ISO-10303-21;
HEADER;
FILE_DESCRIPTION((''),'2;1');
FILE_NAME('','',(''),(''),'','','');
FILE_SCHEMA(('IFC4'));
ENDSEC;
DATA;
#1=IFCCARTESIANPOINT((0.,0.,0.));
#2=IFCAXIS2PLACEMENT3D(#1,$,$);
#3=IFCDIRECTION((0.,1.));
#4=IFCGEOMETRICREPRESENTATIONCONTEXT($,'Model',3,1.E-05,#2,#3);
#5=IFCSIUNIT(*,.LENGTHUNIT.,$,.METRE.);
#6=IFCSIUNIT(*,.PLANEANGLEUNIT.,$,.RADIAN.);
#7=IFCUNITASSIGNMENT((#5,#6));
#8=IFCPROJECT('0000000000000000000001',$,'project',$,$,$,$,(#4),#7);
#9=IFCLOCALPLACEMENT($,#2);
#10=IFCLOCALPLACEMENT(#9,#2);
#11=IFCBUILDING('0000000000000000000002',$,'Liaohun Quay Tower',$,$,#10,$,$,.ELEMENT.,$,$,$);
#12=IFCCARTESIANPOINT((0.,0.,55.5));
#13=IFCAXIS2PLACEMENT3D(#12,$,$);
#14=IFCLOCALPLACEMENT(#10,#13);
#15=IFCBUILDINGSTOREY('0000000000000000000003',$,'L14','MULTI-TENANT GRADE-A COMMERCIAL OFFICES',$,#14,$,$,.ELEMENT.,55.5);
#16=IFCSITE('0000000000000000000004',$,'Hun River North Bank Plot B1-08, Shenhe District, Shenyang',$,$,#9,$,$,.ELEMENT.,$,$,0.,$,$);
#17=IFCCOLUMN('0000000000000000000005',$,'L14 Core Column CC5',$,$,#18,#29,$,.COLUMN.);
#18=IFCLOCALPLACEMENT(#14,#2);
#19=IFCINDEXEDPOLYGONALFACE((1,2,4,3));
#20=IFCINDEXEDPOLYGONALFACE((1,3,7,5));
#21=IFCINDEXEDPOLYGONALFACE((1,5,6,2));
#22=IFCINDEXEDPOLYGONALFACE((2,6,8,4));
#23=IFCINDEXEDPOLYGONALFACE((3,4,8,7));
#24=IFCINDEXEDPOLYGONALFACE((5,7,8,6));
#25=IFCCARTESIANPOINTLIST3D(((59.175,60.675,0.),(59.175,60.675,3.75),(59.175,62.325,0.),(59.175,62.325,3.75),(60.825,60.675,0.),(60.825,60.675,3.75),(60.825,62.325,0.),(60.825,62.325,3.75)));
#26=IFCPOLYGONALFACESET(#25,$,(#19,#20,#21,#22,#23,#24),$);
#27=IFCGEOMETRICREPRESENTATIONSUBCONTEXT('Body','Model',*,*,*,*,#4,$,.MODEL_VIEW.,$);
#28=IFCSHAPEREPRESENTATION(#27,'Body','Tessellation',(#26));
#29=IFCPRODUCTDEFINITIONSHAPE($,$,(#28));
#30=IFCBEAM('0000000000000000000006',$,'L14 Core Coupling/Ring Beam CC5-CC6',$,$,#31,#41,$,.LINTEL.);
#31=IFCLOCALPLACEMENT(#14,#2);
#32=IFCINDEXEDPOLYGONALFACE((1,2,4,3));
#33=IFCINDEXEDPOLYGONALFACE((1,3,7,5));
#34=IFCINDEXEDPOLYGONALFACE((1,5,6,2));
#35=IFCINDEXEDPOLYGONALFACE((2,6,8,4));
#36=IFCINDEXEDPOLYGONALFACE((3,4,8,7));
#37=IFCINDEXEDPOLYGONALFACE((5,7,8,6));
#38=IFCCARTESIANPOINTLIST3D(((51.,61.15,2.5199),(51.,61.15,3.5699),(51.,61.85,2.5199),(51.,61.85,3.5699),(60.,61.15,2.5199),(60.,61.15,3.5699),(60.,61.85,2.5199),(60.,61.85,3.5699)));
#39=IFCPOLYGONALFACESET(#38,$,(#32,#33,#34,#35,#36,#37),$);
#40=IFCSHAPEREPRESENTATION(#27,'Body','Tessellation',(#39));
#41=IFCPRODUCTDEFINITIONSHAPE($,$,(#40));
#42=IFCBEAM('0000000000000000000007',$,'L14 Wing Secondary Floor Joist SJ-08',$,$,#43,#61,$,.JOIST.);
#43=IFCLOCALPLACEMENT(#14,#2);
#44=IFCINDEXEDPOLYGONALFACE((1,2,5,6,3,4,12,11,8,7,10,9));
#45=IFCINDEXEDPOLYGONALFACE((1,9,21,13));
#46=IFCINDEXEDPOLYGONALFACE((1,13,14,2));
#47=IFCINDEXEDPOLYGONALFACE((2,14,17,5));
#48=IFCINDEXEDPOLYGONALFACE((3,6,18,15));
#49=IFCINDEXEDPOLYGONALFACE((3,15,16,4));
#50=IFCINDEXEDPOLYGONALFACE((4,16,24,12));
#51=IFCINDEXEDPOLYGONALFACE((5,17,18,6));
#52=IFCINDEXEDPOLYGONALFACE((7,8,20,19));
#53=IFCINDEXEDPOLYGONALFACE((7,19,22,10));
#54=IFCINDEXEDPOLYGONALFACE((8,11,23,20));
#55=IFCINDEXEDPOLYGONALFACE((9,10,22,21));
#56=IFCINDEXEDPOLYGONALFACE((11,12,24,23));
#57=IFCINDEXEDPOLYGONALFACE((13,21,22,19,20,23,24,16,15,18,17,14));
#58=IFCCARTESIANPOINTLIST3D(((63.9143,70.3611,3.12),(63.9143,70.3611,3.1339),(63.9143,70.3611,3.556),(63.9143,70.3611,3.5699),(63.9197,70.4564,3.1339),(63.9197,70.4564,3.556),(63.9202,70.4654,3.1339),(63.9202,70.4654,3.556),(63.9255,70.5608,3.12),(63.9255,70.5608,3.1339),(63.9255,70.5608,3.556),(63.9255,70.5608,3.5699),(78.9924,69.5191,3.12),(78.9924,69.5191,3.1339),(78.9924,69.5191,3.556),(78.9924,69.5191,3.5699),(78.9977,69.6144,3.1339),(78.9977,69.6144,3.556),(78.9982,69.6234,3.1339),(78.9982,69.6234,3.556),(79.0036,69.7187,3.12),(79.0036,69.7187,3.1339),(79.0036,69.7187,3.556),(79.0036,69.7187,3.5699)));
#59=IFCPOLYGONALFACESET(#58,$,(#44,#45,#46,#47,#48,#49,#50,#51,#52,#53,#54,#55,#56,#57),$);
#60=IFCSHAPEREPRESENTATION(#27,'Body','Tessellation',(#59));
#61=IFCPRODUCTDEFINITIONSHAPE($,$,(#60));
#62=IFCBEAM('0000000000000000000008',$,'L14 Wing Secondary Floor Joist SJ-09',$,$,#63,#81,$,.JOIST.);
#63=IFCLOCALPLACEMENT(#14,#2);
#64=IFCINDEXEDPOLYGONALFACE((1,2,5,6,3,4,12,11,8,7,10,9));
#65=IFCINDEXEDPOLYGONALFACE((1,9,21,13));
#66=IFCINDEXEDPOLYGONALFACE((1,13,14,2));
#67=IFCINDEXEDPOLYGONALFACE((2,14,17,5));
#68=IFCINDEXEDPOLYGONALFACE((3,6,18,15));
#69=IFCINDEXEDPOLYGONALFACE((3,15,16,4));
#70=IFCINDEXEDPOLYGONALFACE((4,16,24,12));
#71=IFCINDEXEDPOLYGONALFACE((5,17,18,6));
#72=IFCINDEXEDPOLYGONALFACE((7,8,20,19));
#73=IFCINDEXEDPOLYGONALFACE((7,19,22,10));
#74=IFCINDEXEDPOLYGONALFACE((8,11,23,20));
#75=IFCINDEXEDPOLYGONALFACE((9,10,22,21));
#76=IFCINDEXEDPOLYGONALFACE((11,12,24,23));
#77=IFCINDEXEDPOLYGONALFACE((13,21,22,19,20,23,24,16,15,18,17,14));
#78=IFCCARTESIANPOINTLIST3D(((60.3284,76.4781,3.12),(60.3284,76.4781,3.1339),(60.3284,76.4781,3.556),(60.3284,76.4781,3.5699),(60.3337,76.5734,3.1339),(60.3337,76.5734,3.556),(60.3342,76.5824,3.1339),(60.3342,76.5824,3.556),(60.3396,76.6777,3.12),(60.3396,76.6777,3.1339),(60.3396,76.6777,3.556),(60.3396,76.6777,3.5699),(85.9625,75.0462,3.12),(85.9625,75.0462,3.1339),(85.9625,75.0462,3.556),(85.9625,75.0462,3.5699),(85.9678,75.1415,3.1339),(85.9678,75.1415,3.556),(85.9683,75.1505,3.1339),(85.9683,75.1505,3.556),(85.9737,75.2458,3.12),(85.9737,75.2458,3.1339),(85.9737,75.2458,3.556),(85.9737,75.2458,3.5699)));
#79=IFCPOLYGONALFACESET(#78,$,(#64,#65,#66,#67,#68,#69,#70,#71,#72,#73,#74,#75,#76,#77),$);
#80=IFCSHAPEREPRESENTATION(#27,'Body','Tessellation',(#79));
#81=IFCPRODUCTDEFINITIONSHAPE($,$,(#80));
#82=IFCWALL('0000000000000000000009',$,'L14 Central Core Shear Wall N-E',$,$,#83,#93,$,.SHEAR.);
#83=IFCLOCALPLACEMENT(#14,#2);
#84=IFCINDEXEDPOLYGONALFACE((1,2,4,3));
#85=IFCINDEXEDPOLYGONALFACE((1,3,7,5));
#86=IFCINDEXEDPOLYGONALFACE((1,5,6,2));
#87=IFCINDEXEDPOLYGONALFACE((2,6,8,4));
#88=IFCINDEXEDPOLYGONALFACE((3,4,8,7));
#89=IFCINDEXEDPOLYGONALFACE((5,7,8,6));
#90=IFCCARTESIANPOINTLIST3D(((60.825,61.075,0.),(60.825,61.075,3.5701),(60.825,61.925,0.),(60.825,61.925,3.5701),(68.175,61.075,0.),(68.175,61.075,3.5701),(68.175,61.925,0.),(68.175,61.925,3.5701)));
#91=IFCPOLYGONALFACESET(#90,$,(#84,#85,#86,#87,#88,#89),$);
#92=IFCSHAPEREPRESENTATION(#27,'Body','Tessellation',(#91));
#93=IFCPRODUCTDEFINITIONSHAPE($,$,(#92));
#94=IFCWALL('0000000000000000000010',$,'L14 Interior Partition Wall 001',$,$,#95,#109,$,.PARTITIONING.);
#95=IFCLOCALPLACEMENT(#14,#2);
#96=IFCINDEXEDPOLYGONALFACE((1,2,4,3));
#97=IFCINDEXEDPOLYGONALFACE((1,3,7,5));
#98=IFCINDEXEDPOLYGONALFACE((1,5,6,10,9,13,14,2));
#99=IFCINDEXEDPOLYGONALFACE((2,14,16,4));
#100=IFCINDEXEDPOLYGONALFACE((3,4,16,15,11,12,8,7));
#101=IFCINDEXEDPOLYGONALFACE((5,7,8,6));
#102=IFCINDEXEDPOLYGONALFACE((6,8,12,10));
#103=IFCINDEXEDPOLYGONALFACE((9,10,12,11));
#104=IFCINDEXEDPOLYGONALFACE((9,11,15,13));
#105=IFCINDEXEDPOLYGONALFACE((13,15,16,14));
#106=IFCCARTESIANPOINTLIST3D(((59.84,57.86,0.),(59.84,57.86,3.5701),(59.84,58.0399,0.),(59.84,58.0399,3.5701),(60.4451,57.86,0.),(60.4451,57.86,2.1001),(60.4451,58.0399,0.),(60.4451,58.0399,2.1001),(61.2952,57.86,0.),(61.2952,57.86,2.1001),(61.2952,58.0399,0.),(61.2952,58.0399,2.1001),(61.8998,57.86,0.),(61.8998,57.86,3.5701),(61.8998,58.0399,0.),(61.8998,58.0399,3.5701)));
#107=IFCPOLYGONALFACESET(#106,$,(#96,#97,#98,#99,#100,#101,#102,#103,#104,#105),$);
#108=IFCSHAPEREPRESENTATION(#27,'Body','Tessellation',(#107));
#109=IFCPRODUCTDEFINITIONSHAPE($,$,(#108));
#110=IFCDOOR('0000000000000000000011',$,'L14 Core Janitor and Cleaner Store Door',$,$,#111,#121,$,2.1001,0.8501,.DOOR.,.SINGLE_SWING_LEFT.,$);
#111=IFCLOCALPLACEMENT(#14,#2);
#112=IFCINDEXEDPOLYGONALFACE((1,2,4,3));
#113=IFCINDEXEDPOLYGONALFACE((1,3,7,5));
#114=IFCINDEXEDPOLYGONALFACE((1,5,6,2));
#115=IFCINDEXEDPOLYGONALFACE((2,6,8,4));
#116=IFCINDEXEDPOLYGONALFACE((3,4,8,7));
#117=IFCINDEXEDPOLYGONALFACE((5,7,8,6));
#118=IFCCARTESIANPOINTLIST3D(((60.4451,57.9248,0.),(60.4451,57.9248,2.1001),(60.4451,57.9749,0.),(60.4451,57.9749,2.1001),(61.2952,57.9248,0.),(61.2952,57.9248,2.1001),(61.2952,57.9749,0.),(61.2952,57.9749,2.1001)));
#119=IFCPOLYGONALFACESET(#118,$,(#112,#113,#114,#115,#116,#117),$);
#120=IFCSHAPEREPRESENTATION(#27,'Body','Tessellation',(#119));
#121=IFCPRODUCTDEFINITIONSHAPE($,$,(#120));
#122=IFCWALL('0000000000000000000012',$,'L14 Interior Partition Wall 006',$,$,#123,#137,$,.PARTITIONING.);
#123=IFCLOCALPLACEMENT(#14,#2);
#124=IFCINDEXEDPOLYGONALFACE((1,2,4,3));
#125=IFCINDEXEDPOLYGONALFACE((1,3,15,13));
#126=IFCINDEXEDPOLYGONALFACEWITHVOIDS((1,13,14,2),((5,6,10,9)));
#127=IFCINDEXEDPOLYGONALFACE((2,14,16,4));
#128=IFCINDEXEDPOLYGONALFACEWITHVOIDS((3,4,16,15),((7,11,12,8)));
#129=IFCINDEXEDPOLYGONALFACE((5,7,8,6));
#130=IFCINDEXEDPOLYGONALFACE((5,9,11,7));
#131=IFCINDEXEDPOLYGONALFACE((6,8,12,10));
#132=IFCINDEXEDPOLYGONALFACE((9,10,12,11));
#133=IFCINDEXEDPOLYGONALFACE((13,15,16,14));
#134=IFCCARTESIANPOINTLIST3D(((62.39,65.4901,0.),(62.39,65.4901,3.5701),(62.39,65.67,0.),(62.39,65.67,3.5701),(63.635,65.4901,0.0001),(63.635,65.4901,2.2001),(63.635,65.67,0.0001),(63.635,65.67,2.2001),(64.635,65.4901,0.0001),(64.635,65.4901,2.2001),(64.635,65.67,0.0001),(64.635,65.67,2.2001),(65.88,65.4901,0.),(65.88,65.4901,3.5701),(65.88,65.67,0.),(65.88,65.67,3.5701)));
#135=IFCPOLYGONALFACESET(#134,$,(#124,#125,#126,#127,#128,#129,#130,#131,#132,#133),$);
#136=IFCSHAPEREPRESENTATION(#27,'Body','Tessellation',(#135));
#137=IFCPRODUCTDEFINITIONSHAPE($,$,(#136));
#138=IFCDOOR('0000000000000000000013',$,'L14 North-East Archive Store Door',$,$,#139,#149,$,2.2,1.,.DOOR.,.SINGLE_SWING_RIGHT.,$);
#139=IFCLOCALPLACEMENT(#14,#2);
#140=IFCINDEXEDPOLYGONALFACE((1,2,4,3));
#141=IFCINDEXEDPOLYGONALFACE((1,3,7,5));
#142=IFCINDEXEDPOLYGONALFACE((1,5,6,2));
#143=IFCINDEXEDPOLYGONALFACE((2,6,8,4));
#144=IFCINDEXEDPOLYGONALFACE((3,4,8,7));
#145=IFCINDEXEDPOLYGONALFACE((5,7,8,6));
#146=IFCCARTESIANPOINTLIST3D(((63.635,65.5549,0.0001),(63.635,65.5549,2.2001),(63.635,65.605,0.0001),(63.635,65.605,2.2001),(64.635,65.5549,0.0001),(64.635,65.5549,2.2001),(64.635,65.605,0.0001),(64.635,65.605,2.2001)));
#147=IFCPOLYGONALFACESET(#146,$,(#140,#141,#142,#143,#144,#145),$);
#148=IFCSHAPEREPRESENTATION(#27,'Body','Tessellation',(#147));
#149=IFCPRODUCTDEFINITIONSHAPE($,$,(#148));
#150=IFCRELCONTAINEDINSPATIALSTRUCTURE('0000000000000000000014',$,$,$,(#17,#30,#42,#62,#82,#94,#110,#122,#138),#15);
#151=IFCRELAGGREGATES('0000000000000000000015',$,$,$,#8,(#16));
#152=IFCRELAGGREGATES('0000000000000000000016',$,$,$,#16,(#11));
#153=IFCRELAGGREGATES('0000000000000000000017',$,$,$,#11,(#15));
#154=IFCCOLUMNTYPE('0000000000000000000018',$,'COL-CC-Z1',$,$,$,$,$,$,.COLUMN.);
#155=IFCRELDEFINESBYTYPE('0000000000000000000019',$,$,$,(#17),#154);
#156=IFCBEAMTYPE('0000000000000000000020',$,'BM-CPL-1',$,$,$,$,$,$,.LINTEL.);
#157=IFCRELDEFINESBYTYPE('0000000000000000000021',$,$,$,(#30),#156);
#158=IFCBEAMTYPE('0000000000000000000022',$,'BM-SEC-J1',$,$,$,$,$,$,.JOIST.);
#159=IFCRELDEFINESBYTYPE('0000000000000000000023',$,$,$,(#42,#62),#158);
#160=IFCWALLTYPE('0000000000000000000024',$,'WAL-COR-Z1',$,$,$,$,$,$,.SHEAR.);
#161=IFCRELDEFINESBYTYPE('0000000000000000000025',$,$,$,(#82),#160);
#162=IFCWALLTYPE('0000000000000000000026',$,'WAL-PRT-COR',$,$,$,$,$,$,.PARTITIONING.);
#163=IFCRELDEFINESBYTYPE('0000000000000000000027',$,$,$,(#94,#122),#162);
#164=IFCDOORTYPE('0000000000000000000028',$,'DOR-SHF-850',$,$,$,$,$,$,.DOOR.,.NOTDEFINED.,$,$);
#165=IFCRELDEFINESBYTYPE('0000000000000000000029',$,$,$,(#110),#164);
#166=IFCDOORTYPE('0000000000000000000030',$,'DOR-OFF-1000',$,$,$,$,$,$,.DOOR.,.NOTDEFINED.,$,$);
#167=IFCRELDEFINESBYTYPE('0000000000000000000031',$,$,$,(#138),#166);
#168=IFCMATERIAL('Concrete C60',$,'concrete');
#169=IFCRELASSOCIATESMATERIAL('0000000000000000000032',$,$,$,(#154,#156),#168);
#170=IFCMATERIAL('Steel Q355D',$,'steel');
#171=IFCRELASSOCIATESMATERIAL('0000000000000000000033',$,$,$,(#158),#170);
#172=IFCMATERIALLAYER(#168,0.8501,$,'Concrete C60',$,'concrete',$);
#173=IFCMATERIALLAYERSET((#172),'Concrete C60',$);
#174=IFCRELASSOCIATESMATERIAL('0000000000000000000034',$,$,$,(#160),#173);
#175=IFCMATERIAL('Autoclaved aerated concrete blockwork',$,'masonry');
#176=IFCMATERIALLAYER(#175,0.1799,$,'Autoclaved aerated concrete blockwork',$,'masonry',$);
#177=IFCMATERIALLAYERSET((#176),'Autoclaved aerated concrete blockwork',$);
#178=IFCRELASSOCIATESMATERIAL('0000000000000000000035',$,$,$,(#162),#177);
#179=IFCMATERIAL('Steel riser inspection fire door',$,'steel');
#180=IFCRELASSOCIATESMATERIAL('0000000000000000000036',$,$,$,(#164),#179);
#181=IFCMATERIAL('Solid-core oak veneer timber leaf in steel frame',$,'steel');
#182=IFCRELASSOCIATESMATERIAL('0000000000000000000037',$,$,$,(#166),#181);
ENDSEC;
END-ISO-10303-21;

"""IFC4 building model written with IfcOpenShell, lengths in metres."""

from ifc_helpers import new_model, si_unit, direction, frame, frame_2d, origin, origin_2d, place, context, subcontext, project, spatial, rectangle, i_section, extrude, source, transform, mapped, material, layer, layer_set, material_profile, profile_set, type_object, element, fill, save


model = new_model("IFC4")

# Units and contexts
model_context = context("Model", 3, precision=1e-05, world=origin(), true_north=direction((0.0, 1.0)))
body_context = subcontext(model_context, "Body", "Model", "MODEL_VIEW")
ifc_project = project(units=[si_unit("LENGTHUNIT", "METRE"), si_unit("PLANEANGLEUNIT", "RADIAN")], contexts=[model_context])

# Site, building, storey
site_placement = place(None, origin())
site = spatial("IfcSite", under=ifc_project, at=site_placement, Name="Hun River North Bank Plot B1-08, Shenhe District, Shenyang", CompositionType="ELEMENT", RefElevation=0.0)
building_placement = place(site_placement, origin())
building = spatial("IfcBuilding", under=site, at=building_placement, Name="Liaohun Quay Tower", CompositionType="ELEMENT")
storey_placement = place(building_placement, frame((0.0, 0.0, 55.5)))
storey = spatial("IfcBuildingStorey", under=building, at=storey_placement, Name="L14", Description="MULTI-TENANT GRADE-A COMMERCIAL OFFICES", CompositionType="ELEMENT", Elevation=55.5)

# Column
ifc_material_1 = material(Name="Concrete C60", Category="concrete")
ifc_material_profile_1 = material_profile(ifc_material_1, rectangle(XDim=1.6499, YDim=1.6499, at=origin_2d()), Name="RC1650x1650")
ifc_profile_set_1 = profile_set([ifc_material_profile_1], Name="Concrete C60")
column_type = type_object("IfcColumnType", Name="COL-CC-Z1", PredefinedType="COLUMN", material=ifc_profile_set_1)
shared_shape_1 = source(origin(), body_context, "Body", "SweptSolid", [
    extrude(rectangle(XDim=1.6499, YDim=1.6499, at=origin_2d()), origin(), (0.0, 0.0, 1.0), 3.75),
])
column_placement = place(storey_placement, frame((60.0, 61.5, 0.0), z_axis=(0.0, 0.0, 1.0), x_axis=(1.0, 0.0, 0.0)))
element("IfcColumn", 1, at=column_placement, inside=storey, type_object=column_type, Name="L14 Core Column CC5", PredefinedType="COLUMN", context=body_context, shape_type="MappedRepresentation", body=[
    mapped(shared_shape_1, transform((0.0, 0.0, 0.0), x_axis=(1.0, 0.0, 0.0), y_axis=(0.0, 1.0, 0.0), z_axis=(0.0, 0.0, 1.0), scale=1.0)),
])

# Beams
ifc_material_profile_2 = material_profile(ifc_material_1, rectangle(XDim=0.7, YDim=1.05, at=origin_2d()), Name="RC700x1050")
ifc_profile_set_2 = profile_set([ifc_material_profile_2], Name="Concrete C60")
beam_type_1 = type_object("IfcBeamType", Name="BM-CPL-1", PredefinedType="LINTEL", material=ifc_profile_set_2)
shared_shape_2 = source(origin(), body_context, "Body", "SweptSolid", [
    extrude(rectangle(XDim=0.7, YDim=1.05, at=origin_2d()), origin(), (0.0, 0.0, 1.0), 9.0),
])
beam_1_placement = place(storey_placement, frame((60.0, 61.5, 3.0449), z_axis=(-1.0, 0.0, 0.0), x_axis=(0.0, -1.0, 0.0)))
element("IfcBeam", 2, at=beam_1_placement, inside=storey, type_object=beam_type_1, Name="L14 Core Coupling/Ring Beam CC5-CC6", PredefinedType="LINTEL", context=body_context, shape_type="MappedRepresentation", body=[
    mapped(shared_shape_2, transform((0.0, 0.0, 0.0), x_axis=(1.0, 0.0, 0.0), y_axis=(0.0, 1.0, 0.0), z_axis=(0.0, 0.0, 1.0), scale=1.0)),
])
ifc_material_2 = material(Name="Steel Q355D", Category="steel")
ifc_material_profile_3 = material_profile(ifc_material_2, i_section(OverallWidth=0.2, OverallDepth=0.45, WebThickness=0.009, FlangeThickness=0.0139, at=origin_2d()), Name="HN450x200x9x14")
ifc_profile_set_3 = profile_set([ifc_material_profile_3], Name="Steel Q355D")
beam_type_2 = type_object("IfcBeamType", Name="BM-SEC-J1", PredefinedType="JOIST", material=ifc_profile_set_3)
shared_shape_3 = source(origin(), body_context, "Body", "SweptSolid", [
    extrude(i_section(OverallWidth=0.2, OverallDepth=0.45, WebThickness=0.009, FlangeThickness=0.0139, at=origin_2d()), origin(), (0.0, 0.0, 1.0), 15.1016),
])
beam_2_placement = place(storey_placement, frame((63.9199, 70.4609, 3.345), z_axis=(0.998444, -0.055758, 0.0), x_axis=(0.055758, 0.998444, 0.0)))
element("IfcBeam", 3, at=beam_2_placement, inside=storey, type_object=beam_type_2, Name="L14 Wing Secondary Floor Joist SJ-08", PredefinedType="JOIST", context=body_context, shape_type="MappedRepresentation", body=[
    mapped(shared_shape_3, transform((0.0, 0.0, 0.0), x_axis=(1.0, 0.0, 0.0), y_axis=(0.0, 1.0, 0.0), z_axis=(0.0, 0.0, 1.0), scale=1.0)),
])
shared_shape_4 = source(origin(), body_context, "Body", "SweptSolid", [
    extrude(i_section(OverallWidth=0.2, OverallDepth=0.45, WebThickness=0.009, FlangeThickness=0.0139, at=origin_2d()), origin(), (0.0, 0.0, 1.0), 25.6741),
])
beam_3_placement = place(storey_placement, frame((60.334, 76.5779, 3.345), z_axis=(0.998444, -0.055772, 0.0), x_axis=(0.055772, 0.998444, 0.0)))
element("IfcBeam", 4, at=beam_3_placement, inside=storey, type_object=beam_type_2, Name="L14 Wing Secondary Floor Joist SJ-09", PredefinedType="JOIST", context=body_context, shape_type="MappedRepresentation", body=[
    mapped(shared_shape_4, transform((0.0, 0.0, 0.0), x_axis=(1.0, 0.0, 0.0), y_axis=(0.0, 1.0, 0.0), z_axis=(0.0, 0.0, 1.0), scale=1.0)),
])

# Wall
ifc_layer_1 = layer(ifc_material_1, 0.8501, Name="Concrete C60", Category="concrete")
ifc_layer_set_1 = layer_set([ifc_layer_1], Name="Concrete C60")
wall_type_1 = type_object("IfcWallType", Name="WAL-COR-Z1", PredefinedType="SHEAR", material=ifc_layer_set_1)
wall_1_placement = place(storey_placement, frame((60.825, 61.5, 0.0), z_axis=(0.0, 0.0, 1.0), x_axis=(1.0, 0.0, 0.0)))
element("IfcWall", 5, at=wall_1_placement, inside=storey, type_object=wall_type_1, Name="L14 Central Core Shear Wall N-E", PredefinedType="SHEAR", context=body_context, shape_type="SweptSolid", body=[
    extrude(rectangle(XDim=7.3501, YDim=0.8501, at=frame_2d((3.675, 0.0))), origin(), (0.0, 0.0, 1.0), 3.5701),
])

# Walls, openings, doors
ifc_material_3 = material(Name="Autoclaved aerated concrete blockwork", Category="masonry")
ifc_layer_2 = layer(ifc_material_3, 0.1799, Name="Autoclaved aerated concrete blockwork", Category="masonry")
ifc_layer_set_2 = layer_set([ifc_layer_2], Name="Autoclaved aerated concrete blockwork")
wall_type_2 = type_object("IfcWallType", Name="WAL-PRT-COR", PredefinedType="PARTITIONING", material=ifc_layer_set_2)
wall_2_placement = place(storey_placement, frame((59.8401, 57.95, 0.0), z_axis=(0.0, 0.0, 1.0), x_axis=(1.0, 0.0, 0.0)))
wall_2 = element("IfcWall", 6, at=wall_2_placement, inside=storey, type_object=wall_type_2, Name="L14 Interior Partition Wall 001", PredefinedType="PARTITIONING", context=body_context, shape_type="SweptSolid", body=[
    extrude(rectangle(XDim=2.0598, YDim=0.1799, at=frame_2d((1.0298, 0.0))), origin(), (0.0, 0.0, 1.0), 3.5701),
])
shared_shape_5 = source(origin(), body_context, "Body", "SweptSolid", [
    extrude(rectangle(XDim=0.8501, YDim=2.1001, at=frame_2d((0.425, 1.05))), frame((0.0, 0.0999, 0.0), z_axis=(0.0, -1.0, 0.0), x_axis=(1.0, 0.0, 0.0)), (0.0, 0.0, 1.0), 0.2),
])
opening_1_placement = place(wall_2_placement, frame((0.605, 0.0, 0.0)))
opening_1 = element("IfcOpeningElement", 7, at=opening_1_placement, cuts=wall_2, PredefinedType="OPENING", context=body_context, shape_type="MappedRepresentation", body=[
    mapped(shared_shape_5, transform((0.0, 0.0, 0.0), x_axis=(1.0, 0.0, 0.0), y_axis=(0.0, 1.0, 0.0), z_axis=(0.0, 0.0, 1.0), scale=1.0)),
])
ifc_material_4 = material(Name="Steel riser inspection fire door", Category="steel")
door_type_1 = type_object("IfcDoorType", Name="DOR-SHF-850", OperationType="NOTDEFINED", PredefinedType="DOOR", material=ifc_material_4)
shared_shape_6 = source(origin(), body_context, "Body", "SweptSolid", [
    extrude(rectangle(XDim=0.8501, YDim=2.1001, at=frame_2d((0.425, 1.05))), frame((0.0, 0.0249, 0.0), z_axis=(0.0, -1.0, 0.0), x_axis=(1.0, 0.0, 0.0)), (0.0, 0.0, 1.0), 0.05),
])
door_1_placement = place(opening_1_placement, origin())
door_1 = element("IfcDoor", 8, at=door_1_placement, inside=storey, type_object=door_type_1, Name="L14 Core Janitor and Cleaner Store Door", OperationType="SINGLE_SWING_LEFT", OverallHeight=2.1001, OverallWidth=0.8501, PredefinedType="DOOR", context=body_context, shape_type="MappedRepresentation", body=[
    mapped(shared_shape_6, transform((0.0, 0.0, 0.0), x_axis=(1.0, 0.0, 0.0), y_axis=(0.0, 1.0, 0.0), z_axis=(0.0, 0.0, 1.0), scale=1.0)),
])
fill(opening_1, door_1)
wall_3_placement = place(storey_placement, frame((62.3899, 65.5801, 0.0), z_axis=(0.0, 0.0, 1.0), x_axis=(1.0, 0.0, 0.0)))
wall_3 = element("IfcWall", 9, at=wall_3_placement, inside=storey, type_object=wall_type_2, Name="L14 Interior Partition Wall 006", PredefinedType="PARTITIONING", context=body_context, shape_type="SweptSolid", body=[
    extrude(rectangle(XDim=3.49, YDim=0.1799, at=frame_2d((1.7451, 0.0))), origin(), (0.0, 0.0, 1.0), 3.5701),
])
shared_shape_7 = source(origin(), body_context, "Body", "SweptSolid", [
    extrude(rectangle(XDim=1.0, YDim=2.2, at=frame_2d((0.5, 1.1001))), frame((0.0, 0.0999, 0.0), z_axis=(0.0, -1.0, 0.0), x_axis=(1.0, 0.0, 0.0)), (0.0, 0.0, 1.0), 0.2),
])
opening_2_placement = place(wall_3_placement, frame((1.2451, 0.0, 0.0)))
opening_2 = element("IfcOpeningElement", 10, at=opening_2_placement, cuts=wall_3, PredefinedType="OPENING", context=body_context, shape_type="MappedRepresentation", body=[
    mapped(shared_shape_7, transform((0.0, 0.0, 0.0), x_axis=(1.0, 0.0, 0.0), y_axis=(0.0, 1.0, 0.0), z_axis=(0.0, 0.0, 1.0), scale=1.0)),
])
ifc_material_5 = material(Name="Solid-core oak veneer timber leaf in steel frame", Category="steel")
door_type_2 = type_object("IfcDoorType", Name="DOR-OFF-1000", OperationType="NOTDEFINED", PredefinedType="DOOR", material=ifc_material_5)
shared_shape_8 = source(origin(), body_context, "Body", "SweptSolid", [
    extrude(rectangle(XDim=1.0, YDim=2.2, at=frame_2d((0.5, 1.1001))), frame((0.0, 0.0249, 0.0), z_axis=(0.0, -1.0, 0.0), x_axis=(1.0, 0.0, 0.0)), (0.0, 0.0, 1.0), 0.05),
])
door_2_placement = place(opening_2_placement, origin())
door_2 = element("IfcDoor", 11, at=door_2_placement, inside=storey, type_object=door_type_2, Name="L14 North-East Archive Store Door", OperationType="SINGLE_SWING_RIGHT", OverallHeight=2.2, OverallWidth=1.0, PredefinedType="DOOR", context=body_context, shape_type="MappedRepresentation", body=[
    mapped(shared_shape_8, transform((0.0, 0.0, 0.0), x_axis=(1.0, 0.0, 0.0), y_axis=(0.0, 1.0, 0.0), z_axis=(0.0, 0.0, 1.0), scale=1.0)),
])
fill(opening_2, door_2)

save(model, "model.ifc")
